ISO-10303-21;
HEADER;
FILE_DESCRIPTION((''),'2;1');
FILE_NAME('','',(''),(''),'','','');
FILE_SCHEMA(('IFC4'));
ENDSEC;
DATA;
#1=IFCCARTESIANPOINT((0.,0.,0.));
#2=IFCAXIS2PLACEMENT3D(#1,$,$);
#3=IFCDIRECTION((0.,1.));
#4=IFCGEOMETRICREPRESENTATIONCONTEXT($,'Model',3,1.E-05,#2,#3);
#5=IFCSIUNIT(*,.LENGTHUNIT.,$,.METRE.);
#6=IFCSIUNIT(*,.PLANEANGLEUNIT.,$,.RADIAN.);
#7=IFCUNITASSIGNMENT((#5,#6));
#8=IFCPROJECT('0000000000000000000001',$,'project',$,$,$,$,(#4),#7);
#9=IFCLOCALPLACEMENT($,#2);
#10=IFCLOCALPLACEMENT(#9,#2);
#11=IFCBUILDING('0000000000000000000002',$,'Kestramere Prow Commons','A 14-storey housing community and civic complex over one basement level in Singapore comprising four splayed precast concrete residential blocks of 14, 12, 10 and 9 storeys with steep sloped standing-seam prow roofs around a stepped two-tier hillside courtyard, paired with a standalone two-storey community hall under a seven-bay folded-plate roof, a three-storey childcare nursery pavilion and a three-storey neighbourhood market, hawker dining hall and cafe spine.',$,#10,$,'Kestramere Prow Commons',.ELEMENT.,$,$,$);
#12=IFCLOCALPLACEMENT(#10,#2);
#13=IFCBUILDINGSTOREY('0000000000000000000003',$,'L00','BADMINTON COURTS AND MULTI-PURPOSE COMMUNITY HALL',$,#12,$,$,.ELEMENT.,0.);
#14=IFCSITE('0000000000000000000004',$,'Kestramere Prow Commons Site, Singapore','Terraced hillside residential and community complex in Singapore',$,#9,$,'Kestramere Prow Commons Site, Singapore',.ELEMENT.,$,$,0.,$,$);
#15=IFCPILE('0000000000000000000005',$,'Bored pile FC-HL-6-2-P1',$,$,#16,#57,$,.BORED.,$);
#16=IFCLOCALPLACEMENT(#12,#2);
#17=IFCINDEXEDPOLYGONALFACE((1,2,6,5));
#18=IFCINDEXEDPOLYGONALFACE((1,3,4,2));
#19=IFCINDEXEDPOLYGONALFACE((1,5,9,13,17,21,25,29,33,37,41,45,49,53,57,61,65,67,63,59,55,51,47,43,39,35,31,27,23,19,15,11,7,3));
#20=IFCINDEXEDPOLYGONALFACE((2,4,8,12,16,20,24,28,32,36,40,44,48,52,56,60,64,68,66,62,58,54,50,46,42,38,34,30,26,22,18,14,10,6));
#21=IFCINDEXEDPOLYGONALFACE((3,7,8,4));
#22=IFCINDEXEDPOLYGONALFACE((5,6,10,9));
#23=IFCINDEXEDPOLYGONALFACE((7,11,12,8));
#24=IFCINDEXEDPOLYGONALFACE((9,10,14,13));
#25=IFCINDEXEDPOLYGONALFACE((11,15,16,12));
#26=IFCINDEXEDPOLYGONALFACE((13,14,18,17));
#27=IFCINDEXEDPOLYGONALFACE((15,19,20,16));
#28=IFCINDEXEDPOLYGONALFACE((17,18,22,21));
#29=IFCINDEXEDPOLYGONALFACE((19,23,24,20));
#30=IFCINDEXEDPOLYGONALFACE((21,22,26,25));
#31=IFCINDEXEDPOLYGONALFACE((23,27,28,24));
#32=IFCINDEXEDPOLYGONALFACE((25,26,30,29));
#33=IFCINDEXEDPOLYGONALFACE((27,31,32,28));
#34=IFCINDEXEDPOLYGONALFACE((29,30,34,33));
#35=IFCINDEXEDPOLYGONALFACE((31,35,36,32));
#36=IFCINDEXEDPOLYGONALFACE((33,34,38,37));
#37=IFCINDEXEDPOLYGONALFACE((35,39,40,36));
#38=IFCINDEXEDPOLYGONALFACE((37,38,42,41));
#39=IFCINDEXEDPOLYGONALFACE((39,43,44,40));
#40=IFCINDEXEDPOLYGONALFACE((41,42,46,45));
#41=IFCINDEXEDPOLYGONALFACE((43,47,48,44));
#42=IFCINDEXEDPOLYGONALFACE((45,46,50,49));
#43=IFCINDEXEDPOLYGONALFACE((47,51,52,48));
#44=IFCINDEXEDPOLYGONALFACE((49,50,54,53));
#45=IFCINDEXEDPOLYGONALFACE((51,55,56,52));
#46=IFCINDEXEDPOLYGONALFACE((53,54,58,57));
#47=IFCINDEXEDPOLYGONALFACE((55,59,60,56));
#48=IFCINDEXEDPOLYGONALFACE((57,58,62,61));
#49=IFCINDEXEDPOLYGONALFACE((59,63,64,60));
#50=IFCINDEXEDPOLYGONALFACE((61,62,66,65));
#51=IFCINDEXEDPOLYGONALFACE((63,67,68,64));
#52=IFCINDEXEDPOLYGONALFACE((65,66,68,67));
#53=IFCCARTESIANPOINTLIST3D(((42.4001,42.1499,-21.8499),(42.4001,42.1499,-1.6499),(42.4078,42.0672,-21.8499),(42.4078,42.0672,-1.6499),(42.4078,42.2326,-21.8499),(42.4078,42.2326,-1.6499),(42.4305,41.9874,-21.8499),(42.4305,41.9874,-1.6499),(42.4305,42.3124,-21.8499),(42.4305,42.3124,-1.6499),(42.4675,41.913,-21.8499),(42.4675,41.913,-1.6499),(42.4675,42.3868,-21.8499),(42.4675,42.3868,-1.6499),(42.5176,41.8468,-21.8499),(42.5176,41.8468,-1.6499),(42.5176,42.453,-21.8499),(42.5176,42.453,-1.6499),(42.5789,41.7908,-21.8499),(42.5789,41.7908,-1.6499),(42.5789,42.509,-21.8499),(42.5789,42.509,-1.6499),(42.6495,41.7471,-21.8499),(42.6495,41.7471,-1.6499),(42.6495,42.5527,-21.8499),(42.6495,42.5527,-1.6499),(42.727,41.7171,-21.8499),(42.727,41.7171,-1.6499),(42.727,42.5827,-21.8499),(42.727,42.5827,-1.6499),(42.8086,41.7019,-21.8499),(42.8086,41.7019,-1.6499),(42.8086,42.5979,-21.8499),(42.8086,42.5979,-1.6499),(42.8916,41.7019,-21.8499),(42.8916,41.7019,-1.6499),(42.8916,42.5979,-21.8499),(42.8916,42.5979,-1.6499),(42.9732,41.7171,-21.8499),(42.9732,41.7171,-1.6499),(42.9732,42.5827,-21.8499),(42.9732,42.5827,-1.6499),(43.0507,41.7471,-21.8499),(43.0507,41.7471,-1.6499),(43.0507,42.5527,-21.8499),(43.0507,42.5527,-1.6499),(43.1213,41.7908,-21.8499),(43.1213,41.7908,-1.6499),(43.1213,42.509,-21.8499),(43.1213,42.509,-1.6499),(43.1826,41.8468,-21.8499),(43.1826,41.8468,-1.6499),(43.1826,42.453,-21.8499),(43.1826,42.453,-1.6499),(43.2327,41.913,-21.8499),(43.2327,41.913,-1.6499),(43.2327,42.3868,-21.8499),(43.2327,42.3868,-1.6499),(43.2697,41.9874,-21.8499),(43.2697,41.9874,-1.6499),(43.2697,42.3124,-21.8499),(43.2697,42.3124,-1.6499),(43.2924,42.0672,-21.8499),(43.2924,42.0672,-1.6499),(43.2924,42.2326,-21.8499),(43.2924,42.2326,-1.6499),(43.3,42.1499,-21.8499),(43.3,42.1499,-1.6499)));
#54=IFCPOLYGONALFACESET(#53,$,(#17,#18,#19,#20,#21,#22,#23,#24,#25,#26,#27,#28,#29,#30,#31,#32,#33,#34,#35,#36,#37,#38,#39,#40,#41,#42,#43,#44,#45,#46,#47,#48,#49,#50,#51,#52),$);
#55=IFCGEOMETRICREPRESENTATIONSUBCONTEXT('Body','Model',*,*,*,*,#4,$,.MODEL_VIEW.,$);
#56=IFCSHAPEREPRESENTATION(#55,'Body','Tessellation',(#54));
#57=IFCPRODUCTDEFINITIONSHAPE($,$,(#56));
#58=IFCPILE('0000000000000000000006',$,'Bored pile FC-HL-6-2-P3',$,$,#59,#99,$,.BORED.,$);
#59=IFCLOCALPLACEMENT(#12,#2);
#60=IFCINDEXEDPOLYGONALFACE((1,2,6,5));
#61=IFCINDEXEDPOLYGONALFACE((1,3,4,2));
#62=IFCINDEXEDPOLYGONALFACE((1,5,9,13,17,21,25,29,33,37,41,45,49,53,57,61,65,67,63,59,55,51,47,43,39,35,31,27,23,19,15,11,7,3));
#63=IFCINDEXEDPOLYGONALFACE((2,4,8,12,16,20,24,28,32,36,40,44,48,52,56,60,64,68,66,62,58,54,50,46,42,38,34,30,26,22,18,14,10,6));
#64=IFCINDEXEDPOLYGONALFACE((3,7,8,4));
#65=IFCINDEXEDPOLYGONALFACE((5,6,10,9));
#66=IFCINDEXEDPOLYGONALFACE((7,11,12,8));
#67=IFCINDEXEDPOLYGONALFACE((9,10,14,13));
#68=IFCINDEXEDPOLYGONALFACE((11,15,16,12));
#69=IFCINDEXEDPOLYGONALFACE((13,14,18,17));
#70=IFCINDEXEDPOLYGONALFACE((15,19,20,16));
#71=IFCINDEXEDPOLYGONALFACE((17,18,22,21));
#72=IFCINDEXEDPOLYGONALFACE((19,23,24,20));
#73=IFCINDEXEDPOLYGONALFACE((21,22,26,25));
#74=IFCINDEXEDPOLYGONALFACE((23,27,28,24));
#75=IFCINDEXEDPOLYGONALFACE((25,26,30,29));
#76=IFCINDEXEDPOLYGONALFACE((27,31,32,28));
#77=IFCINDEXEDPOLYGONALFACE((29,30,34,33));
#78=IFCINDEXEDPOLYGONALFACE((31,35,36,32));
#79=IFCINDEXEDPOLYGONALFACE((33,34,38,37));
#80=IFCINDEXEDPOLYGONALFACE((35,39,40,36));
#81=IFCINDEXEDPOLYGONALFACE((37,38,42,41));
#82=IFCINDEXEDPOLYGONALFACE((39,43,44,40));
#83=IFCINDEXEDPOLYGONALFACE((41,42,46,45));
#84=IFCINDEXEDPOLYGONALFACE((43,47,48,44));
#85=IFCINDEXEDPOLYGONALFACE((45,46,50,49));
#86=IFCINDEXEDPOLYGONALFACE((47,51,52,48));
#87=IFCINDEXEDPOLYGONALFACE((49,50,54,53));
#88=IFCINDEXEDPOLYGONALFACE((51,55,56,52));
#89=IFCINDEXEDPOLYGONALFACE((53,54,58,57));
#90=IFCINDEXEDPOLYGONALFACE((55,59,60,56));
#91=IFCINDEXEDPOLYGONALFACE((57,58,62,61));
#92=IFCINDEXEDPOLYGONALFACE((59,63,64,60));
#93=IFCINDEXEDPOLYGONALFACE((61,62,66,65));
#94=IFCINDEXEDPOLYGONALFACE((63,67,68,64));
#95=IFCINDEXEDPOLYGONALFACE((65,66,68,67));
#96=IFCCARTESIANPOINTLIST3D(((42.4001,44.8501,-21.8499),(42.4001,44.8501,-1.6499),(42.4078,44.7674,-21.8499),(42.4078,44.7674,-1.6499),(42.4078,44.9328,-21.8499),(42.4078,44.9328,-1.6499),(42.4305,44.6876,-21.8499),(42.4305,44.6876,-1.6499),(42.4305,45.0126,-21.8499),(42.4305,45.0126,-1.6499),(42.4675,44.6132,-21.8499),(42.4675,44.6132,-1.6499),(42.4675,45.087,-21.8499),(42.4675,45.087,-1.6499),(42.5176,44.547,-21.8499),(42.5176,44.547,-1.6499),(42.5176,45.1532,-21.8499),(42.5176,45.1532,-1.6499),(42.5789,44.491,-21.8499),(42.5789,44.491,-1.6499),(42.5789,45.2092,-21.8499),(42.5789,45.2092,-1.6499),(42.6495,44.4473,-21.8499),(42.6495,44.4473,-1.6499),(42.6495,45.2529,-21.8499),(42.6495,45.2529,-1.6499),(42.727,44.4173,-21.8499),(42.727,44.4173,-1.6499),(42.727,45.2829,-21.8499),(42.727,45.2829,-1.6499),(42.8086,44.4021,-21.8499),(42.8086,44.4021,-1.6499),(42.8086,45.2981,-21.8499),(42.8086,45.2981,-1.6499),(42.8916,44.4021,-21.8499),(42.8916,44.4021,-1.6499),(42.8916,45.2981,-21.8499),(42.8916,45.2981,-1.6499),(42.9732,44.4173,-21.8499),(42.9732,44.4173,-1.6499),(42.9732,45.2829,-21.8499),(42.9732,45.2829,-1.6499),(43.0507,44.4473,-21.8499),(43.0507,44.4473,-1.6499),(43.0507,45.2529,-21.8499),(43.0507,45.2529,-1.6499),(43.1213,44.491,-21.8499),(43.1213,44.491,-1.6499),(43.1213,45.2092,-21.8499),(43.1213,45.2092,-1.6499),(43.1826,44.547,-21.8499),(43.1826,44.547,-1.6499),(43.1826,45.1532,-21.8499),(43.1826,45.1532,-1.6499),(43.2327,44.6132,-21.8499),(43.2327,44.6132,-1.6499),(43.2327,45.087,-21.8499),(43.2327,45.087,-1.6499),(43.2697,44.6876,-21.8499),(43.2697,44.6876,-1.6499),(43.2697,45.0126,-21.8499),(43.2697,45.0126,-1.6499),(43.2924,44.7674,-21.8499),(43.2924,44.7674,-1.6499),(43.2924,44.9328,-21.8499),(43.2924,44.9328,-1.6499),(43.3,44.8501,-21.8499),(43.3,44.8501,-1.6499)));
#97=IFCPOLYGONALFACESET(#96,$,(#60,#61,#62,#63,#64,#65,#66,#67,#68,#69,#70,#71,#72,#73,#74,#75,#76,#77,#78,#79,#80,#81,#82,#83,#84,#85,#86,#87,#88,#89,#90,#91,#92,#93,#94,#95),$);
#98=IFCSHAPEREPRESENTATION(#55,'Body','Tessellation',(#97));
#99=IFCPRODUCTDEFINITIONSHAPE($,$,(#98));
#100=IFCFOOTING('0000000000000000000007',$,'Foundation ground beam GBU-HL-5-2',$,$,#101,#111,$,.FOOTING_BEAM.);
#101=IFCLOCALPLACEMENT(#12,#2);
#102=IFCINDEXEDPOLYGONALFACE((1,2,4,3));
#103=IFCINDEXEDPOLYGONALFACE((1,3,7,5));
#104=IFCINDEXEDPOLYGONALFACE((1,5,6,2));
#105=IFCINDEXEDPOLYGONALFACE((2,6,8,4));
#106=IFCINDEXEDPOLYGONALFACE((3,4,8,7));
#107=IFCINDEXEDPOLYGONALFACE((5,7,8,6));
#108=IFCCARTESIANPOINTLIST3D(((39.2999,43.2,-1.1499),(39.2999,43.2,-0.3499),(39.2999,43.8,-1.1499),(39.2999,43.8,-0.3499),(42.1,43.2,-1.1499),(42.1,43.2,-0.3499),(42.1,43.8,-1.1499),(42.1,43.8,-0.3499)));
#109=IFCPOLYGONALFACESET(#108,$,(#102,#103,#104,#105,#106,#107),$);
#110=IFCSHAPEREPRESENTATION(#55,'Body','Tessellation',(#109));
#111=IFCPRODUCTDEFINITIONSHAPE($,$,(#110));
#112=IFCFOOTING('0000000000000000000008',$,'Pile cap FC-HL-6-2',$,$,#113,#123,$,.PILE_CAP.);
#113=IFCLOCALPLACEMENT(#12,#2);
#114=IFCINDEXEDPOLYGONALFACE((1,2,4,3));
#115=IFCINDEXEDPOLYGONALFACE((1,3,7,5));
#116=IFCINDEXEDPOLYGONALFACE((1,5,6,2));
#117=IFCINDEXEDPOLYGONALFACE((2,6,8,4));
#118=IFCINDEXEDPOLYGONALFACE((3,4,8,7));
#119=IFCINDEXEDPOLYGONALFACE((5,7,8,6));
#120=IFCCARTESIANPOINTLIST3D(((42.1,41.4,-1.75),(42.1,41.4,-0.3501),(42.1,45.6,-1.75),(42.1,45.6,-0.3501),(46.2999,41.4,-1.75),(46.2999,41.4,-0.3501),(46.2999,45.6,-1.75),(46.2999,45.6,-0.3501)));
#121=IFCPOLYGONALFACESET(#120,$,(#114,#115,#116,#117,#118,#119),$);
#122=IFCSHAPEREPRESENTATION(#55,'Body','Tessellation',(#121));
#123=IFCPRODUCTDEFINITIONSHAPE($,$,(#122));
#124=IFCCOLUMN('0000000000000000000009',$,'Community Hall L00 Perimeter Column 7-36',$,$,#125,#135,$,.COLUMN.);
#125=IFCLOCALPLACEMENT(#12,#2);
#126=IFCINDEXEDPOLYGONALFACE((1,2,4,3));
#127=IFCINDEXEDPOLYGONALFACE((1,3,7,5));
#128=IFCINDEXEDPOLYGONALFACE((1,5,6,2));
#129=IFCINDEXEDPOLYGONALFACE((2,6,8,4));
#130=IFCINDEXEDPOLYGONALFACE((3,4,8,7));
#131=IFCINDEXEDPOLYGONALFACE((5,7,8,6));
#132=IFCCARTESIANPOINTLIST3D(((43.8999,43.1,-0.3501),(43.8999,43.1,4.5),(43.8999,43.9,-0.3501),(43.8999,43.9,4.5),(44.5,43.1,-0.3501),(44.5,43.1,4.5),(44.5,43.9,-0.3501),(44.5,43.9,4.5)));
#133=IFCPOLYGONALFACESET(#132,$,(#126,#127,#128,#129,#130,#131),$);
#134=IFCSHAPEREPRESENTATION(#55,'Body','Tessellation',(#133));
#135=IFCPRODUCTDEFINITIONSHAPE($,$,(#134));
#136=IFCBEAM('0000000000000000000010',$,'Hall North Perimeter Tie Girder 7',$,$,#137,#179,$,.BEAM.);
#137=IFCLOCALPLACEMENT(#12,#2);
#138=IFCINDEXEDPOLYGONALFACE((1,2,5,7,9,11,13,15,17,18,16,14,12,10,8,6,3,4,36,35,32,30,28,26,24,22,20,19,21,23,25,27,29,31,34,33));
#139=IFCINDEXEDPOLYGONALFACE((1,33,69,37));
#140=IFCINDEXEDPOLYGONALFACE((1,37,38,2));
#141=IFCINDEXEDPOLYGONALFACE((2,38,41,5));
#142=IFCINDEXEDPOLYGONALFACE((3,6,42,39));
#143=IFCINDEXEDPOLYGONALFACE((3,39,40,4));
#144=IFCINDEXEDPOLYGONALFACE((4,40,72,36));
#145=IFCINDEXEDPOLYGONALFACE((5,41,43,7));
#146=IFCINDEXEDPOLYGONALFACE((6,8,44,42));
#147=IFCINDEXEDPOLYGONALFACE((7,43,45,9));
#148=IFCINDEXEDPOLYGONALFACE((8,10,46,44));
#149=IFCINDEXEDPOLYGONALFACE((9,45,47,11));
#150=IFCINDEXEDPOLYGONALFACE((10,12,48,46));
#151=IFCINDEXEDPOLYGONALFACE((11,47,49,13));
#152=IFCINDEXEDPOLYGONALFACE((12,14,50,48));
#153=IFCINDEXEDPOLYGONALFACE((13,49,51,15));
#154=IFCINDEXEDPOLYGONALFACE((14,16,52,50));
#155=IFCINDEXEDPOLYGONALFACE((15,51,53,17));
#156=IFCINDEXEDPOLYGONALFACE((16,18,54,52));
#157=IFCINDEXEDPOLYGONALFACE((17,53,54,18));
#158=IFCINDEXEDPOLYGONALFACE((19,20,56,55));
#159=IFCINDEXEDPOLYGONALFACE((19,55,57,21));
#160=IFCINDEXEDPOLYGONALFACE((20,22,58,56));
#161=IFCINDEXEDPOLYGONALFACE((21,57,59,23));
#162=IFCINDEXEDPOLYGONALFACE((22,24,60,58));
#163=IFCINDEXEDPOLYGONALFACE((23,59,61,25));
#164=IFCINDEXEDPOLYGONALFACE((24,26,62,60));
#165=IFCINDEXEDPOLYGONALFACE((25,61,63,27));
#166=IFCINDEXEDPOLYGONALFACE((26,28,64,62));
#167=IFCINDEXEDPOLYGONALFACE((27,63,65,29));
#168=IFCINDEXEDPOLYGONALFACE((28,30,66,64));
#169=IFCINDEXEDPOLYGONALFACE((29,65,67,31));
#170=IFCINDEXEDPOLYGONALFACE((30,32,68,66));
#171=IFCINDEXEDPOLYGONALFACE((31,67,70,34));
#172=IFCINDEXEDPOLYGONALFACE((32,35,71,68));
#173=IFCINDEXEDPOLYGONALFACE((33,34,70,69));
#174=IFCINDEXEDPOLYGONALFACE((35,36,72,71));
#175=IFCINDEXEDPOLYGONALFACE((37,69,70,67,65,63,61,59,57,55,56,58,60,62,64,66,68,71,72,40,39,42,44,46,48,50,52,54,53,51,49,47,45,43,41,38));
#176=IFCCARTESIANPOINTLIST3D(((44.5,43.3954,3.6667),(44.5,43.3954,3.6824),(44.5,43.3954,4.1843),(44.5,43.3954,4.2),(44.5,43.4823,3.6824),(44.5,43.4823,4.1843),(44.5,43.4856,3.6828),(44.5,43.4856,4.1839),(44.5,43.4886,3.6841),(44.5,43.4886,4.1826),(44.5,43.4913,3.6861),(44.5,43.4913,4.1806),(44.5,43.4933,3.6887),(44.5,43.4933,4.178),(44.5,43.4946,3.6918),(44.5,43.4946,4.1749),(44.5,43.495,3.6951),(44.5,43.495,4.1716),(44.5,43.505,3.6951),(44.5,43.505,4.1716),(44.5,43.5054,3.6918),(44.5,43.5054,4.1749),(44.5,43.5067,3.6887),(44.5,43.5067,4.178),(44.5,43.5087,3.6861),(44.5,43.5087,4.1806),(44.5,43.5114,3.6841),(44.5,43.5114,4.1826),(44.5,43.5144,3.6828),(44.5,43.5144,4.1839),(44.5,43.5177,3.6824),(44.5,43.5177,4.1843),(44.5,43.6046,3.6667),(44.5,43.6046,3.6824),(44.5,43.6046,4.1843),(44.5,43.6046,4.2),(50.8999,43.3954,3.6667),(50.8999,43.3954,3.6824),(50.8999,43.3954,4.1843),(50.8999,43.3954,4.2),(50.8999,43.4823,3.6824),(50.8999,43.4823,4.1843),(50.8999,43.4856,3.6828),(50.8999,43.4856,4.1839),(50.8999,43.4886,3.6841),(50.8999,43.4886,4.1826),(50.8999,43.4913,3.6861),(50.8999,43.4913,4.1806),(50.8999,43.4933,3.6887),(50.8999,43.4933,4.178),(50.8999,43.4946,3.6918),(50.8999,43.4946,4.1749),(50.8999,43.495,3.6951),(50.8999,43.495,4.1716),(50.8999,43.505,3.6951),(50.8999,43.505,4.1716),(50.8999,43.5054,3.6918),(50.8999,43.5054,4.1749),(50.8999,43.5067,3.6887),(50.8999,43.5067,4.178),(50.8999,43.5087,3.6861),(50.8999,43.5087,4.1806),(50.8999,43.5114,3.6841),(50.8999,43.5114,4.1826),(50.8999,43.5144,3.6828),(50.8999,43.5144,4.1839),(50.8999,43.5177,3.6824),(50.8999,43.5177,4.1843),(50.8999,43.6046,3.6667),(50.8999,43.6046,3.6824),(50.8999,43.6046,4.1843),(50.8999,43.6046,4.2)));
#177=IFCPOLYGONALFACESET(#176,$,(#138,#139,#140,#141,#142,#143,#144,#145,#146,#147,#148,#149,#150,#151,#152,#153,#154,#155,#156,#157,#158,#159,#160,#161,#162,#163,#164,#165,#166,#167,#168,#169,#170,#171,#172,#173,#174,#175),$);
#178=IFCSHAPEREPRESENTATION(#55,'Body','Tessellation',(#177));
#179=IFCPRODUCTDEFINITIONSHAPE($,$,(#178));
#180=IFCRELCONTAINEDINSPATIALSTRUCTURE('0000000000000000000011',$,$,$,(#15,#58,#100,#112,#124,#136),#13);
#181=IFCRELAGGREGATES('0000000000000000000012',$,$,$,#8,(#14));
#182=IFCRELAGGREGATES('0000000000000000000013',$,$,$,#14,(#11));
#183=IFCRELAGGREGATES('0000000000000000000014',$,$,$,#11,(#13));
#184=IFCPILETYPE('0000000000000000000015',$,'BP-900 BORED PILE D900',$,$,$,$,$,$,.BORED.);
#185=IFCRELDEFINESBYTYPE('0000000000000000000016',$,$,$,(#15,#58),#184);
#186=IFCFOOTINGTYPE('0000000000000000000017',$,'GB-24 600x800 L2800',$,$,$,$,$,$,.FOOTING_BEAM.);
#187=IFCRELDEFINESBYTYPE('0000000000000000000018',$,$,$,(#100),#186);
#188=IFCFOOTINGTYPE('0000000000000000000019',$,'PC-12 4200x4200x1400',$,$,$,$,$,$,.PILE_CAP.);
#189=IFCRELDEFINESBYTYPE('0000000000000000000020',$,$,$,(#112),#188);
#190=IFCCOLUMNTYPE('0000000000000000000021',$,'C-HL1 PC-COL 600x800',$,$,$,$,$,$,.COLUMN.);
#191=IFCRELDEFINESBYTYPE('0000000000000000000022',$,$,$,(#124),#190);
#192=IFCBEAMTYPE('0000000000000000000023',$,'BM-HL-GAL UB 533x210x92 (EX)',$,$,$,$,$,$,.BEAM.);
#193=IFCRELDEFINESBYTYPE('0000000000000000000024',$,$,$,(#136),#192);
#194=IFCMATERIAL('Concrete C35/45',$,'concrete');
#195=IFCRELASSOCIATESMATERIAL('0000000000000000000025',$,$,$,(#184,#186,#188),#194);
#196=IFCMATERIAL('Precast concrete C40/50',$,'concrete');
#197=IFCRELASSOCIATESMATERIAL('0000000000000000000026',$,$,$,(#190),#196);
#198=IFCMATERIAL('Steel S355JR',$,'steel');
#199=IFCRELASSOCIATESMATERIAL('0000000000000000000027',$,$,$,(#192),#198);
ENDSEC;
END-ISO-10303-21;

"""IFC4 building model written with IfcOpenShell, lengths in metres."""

from ifc_helpers import new_model, si_unit, direction, frame, origin, origin_2d, place, context, subcontext, project, spatial, rectangle, circle, i_section, extrude, material, material_profile, profile_set, type_object, element, save


model = new_model("IFC4")

# Units and contexts
model_context = context("Model", 3, precision=1e-05, world=origin(), true_north=direction((0.0, 1.0)))
body_context = subcontext(model_context, "Body", "Model", "MODEL_VIEW")
ifc_project = project(units=[si_unit("LENGTHUNIT", "METRE"), si_unit("PLANEANGLEUNIT", "RADIAN")], contexts=[model_context])

# Site, building, storey
site_placement = place(None, origin())
site = spatial("IfcSite", under=ifc_project, at=site_placement, Name="Kestramere Prow Commons Site, Singapore", Description="Terraced hillside residential and community complex in Singapore", LongName="Kestramere Prow Commons Site, Singapore", CompositionType="ELEMENT", RefElevation=0.0)
building_placement = place(site_placement, origin())
building = spatial("IfcBuilding", under=site, at=building_placement, Name="Kestramere Prow Commons", Description="A 14-storey housing community and civic complex over one basement level in Singapore comprising four splayed precast concrete residential blocks of 14, 12, 10 and 9 storeys with steep sloped standing-seam prow roofs around a stepped two-tier hillside courtyard, paired with a standalone two-storey community hall under a seven-bay folded-plate roof, a three-storey childcare nursery pavilion and a three-storey neighbourhood market, hawker dining hall and cafe spine.", LongName="Kestramere Prow Commons", CompositionType="ELEMENT")
storey_placement = place(building_placement, origin())
storey = spatial("IfcBuildingStorey", under=building, at=storey_placement, Name="L00", Description="BADMINTON COURTS AND MULTI-PURPOSE COMMUNITY HALL", CompositionType="ELEMENT", Elevation=0.0)

# Piles
ifc_material_1 = material(Name="Concrete C35/45", Category="concrete")
ifc_material_profile_1 = material_profile(ifc_material_1, circle(Radius=0.45, at=origin_2d()), Name="BORED PILE D900")
ifc_profile_set_1 = profile_set([ifc_material_profile_1], Name="Concrete C35/45")
pile_type = type_object("IfcPileType", Name="BP-900 BORED PILE D900", PredefinedType="BORED", material=ifc_profile_set_1)
for number, where, z_axis, x_axis, name in (
    (1, (42.8501, 42.1499, -1.6499), (0.0, 0.0, -1.0), (1.0, 0.0, 0.0), "Bored pile FC-HL-6-2-P1"),
    (2, (42.8501, 44.8501, -1.6499), (0.0, 0.0, -1.0), (1.0, 0.0, 0.0), "Bored pile FC-HL-6-2-P3"),
):
    element("IfcPile", number, at=place(storey_placement, frame(where, z_axis=z_axis, x_axis=x_axis)), inside=storey, type_object=pile_type, Name=name, PredefinedType="BORED", context=body_context, shape_type="SweptSolid", body=[
        extrude(circle(Radius=0.45, at=origin_2d()), origin(), (0.0, 0.0, 1.0), 20.2),
    ])

# Footings
footing_type_1 = type_object("IfcFootingType", Name="GB-24 600x800 L2800", PredefinedType="FOOTING_BEAM", material=ifc_material_1)
footing_1_placement = place(storey_placement, frame((40.7, 43.5, -1.1499), z_axis=(0.0, 0.0, 1.0), x_axis=(1.0, 0.0, 0.0)))
element("IfcFooting", 3, at=footing_1_placement, inside=storey, type_object=footing_type_1, Name="Foundation ground beam GBU-HL-5-2", PredefinedType="FOOTING_BEAM", context=body_context, shape_type="SweptSolid", body=[
    extrude(rectangle(XDim=2.8, YDim=0.6001, at=origin_2d()), origin(), (0.0, 0.0, 1.0), 0.8),
])
footing_type_2 = type_object("IfcFootingType", Name="PC-12 4200x4200x1400", PredefinedType="PILE_CAP", material=ifc_material_1)
footing_2_placement = place(storey_placement, frame((44.2, 43.5, -1.75), z_axis=(0.0, 0.0, 1.0), x_axis=(1.0, 0.0, 0.0)))
element("IfcFooting", 4, at=footing_2_placement, inside=storey, type_object=footing_type_2, Name="Pile cap FC-HL-6-2", PredefinedType="PILE_CAP", context=body_context, shape_type="SweptSolid", body=[
    extrude(rectangle(XDim=4.2, YDim=4.2, at=origin_2d()), origin(), (0.0, 0.0, 1.0), 1.3999),
])

# Column
ifc_material_2 = material(Name="Precast concrete C40/50", Category="concrete")
ifc_material_profile_2 = material_profile(ifc_material_2, rectangle(XDim=0.6001, YDim=0.8, at=origin_2d()), Name="PC-COL 600x800")
ifc_profile_set_2 = profile_set([ifc_material_profile_2], Name="Precast concrete C40/50")
column_type = type_object("IfcColumnType", Name="C-HL1 PC-COL 600x800", PredefinedType="COLUMN", material=ifc_profile_set_2)
column_placement = place(storey_placement, frame((44.2, 43.5, -0.3501), z_axis=(0.0, 0.0, 1.0), x_axis=(1.0, 0.0, 0.0)))
element("IfcColumn", 5, at=column_placement, inside=storey, type_object=column_type, Name="Community Hall L00 Perimeter Column 7-36", PredefinedType="COLUMN", context=body_context, shape_type="SweptSolid", body=[
    extrude(rectangle(XDim=0.6001, YDim=0.8, at=origin_2d()), origin(), (0.0, 0.0, 1.0), 4.8501),
])

# Beam
ifc_material_3 = material(Name="Steel S355JR", Category="steel")
ifc_material_profile_3 = material_profile(ifc_material_3, i_section(OverallWidth=0.2092, OverallDepth=0.5332, WebThickness=0.01, FlangeThickness=0.0156, FilletRadius=0.0127, at=origin_2d()), Name="UB 533x210x92")
ifc_profile_set_3 = profile_set([ifc_material_profile_3], Name="Steel S355JR")
beam_type = type_object("IfcBeamType", Name="BM-HL-GAL UB 533x210x92 (EX)", PredefinedType="BEAM", material=ifc_profile_set_3)
beam_placement = place(storey_placement, frame((44.5, 43.5, 3.9333), z_axis=(1.0, 0.0, 0.0), x_axis=(0.0, 1.0, 0.0)))
element("IfcBeam", 6, at=beam_placement, inside=storey, type_object=beam_type, Name="Hall North Perimeter Tie Girder 7", PredefinedType="BEAM", context=body_context, shape_type="SweptSolid", body=[
    extrude(i_section(OverallWidth=0.2092, OverallDepth=0.5332, WebThickness=0.01, FlangeThickness=0.0156, FilletRadius=0.0127, at=origin_2d()), origin(), (0.0, 0.0, 1.0), 6.3999),
])

save(model, "model.ifc")
